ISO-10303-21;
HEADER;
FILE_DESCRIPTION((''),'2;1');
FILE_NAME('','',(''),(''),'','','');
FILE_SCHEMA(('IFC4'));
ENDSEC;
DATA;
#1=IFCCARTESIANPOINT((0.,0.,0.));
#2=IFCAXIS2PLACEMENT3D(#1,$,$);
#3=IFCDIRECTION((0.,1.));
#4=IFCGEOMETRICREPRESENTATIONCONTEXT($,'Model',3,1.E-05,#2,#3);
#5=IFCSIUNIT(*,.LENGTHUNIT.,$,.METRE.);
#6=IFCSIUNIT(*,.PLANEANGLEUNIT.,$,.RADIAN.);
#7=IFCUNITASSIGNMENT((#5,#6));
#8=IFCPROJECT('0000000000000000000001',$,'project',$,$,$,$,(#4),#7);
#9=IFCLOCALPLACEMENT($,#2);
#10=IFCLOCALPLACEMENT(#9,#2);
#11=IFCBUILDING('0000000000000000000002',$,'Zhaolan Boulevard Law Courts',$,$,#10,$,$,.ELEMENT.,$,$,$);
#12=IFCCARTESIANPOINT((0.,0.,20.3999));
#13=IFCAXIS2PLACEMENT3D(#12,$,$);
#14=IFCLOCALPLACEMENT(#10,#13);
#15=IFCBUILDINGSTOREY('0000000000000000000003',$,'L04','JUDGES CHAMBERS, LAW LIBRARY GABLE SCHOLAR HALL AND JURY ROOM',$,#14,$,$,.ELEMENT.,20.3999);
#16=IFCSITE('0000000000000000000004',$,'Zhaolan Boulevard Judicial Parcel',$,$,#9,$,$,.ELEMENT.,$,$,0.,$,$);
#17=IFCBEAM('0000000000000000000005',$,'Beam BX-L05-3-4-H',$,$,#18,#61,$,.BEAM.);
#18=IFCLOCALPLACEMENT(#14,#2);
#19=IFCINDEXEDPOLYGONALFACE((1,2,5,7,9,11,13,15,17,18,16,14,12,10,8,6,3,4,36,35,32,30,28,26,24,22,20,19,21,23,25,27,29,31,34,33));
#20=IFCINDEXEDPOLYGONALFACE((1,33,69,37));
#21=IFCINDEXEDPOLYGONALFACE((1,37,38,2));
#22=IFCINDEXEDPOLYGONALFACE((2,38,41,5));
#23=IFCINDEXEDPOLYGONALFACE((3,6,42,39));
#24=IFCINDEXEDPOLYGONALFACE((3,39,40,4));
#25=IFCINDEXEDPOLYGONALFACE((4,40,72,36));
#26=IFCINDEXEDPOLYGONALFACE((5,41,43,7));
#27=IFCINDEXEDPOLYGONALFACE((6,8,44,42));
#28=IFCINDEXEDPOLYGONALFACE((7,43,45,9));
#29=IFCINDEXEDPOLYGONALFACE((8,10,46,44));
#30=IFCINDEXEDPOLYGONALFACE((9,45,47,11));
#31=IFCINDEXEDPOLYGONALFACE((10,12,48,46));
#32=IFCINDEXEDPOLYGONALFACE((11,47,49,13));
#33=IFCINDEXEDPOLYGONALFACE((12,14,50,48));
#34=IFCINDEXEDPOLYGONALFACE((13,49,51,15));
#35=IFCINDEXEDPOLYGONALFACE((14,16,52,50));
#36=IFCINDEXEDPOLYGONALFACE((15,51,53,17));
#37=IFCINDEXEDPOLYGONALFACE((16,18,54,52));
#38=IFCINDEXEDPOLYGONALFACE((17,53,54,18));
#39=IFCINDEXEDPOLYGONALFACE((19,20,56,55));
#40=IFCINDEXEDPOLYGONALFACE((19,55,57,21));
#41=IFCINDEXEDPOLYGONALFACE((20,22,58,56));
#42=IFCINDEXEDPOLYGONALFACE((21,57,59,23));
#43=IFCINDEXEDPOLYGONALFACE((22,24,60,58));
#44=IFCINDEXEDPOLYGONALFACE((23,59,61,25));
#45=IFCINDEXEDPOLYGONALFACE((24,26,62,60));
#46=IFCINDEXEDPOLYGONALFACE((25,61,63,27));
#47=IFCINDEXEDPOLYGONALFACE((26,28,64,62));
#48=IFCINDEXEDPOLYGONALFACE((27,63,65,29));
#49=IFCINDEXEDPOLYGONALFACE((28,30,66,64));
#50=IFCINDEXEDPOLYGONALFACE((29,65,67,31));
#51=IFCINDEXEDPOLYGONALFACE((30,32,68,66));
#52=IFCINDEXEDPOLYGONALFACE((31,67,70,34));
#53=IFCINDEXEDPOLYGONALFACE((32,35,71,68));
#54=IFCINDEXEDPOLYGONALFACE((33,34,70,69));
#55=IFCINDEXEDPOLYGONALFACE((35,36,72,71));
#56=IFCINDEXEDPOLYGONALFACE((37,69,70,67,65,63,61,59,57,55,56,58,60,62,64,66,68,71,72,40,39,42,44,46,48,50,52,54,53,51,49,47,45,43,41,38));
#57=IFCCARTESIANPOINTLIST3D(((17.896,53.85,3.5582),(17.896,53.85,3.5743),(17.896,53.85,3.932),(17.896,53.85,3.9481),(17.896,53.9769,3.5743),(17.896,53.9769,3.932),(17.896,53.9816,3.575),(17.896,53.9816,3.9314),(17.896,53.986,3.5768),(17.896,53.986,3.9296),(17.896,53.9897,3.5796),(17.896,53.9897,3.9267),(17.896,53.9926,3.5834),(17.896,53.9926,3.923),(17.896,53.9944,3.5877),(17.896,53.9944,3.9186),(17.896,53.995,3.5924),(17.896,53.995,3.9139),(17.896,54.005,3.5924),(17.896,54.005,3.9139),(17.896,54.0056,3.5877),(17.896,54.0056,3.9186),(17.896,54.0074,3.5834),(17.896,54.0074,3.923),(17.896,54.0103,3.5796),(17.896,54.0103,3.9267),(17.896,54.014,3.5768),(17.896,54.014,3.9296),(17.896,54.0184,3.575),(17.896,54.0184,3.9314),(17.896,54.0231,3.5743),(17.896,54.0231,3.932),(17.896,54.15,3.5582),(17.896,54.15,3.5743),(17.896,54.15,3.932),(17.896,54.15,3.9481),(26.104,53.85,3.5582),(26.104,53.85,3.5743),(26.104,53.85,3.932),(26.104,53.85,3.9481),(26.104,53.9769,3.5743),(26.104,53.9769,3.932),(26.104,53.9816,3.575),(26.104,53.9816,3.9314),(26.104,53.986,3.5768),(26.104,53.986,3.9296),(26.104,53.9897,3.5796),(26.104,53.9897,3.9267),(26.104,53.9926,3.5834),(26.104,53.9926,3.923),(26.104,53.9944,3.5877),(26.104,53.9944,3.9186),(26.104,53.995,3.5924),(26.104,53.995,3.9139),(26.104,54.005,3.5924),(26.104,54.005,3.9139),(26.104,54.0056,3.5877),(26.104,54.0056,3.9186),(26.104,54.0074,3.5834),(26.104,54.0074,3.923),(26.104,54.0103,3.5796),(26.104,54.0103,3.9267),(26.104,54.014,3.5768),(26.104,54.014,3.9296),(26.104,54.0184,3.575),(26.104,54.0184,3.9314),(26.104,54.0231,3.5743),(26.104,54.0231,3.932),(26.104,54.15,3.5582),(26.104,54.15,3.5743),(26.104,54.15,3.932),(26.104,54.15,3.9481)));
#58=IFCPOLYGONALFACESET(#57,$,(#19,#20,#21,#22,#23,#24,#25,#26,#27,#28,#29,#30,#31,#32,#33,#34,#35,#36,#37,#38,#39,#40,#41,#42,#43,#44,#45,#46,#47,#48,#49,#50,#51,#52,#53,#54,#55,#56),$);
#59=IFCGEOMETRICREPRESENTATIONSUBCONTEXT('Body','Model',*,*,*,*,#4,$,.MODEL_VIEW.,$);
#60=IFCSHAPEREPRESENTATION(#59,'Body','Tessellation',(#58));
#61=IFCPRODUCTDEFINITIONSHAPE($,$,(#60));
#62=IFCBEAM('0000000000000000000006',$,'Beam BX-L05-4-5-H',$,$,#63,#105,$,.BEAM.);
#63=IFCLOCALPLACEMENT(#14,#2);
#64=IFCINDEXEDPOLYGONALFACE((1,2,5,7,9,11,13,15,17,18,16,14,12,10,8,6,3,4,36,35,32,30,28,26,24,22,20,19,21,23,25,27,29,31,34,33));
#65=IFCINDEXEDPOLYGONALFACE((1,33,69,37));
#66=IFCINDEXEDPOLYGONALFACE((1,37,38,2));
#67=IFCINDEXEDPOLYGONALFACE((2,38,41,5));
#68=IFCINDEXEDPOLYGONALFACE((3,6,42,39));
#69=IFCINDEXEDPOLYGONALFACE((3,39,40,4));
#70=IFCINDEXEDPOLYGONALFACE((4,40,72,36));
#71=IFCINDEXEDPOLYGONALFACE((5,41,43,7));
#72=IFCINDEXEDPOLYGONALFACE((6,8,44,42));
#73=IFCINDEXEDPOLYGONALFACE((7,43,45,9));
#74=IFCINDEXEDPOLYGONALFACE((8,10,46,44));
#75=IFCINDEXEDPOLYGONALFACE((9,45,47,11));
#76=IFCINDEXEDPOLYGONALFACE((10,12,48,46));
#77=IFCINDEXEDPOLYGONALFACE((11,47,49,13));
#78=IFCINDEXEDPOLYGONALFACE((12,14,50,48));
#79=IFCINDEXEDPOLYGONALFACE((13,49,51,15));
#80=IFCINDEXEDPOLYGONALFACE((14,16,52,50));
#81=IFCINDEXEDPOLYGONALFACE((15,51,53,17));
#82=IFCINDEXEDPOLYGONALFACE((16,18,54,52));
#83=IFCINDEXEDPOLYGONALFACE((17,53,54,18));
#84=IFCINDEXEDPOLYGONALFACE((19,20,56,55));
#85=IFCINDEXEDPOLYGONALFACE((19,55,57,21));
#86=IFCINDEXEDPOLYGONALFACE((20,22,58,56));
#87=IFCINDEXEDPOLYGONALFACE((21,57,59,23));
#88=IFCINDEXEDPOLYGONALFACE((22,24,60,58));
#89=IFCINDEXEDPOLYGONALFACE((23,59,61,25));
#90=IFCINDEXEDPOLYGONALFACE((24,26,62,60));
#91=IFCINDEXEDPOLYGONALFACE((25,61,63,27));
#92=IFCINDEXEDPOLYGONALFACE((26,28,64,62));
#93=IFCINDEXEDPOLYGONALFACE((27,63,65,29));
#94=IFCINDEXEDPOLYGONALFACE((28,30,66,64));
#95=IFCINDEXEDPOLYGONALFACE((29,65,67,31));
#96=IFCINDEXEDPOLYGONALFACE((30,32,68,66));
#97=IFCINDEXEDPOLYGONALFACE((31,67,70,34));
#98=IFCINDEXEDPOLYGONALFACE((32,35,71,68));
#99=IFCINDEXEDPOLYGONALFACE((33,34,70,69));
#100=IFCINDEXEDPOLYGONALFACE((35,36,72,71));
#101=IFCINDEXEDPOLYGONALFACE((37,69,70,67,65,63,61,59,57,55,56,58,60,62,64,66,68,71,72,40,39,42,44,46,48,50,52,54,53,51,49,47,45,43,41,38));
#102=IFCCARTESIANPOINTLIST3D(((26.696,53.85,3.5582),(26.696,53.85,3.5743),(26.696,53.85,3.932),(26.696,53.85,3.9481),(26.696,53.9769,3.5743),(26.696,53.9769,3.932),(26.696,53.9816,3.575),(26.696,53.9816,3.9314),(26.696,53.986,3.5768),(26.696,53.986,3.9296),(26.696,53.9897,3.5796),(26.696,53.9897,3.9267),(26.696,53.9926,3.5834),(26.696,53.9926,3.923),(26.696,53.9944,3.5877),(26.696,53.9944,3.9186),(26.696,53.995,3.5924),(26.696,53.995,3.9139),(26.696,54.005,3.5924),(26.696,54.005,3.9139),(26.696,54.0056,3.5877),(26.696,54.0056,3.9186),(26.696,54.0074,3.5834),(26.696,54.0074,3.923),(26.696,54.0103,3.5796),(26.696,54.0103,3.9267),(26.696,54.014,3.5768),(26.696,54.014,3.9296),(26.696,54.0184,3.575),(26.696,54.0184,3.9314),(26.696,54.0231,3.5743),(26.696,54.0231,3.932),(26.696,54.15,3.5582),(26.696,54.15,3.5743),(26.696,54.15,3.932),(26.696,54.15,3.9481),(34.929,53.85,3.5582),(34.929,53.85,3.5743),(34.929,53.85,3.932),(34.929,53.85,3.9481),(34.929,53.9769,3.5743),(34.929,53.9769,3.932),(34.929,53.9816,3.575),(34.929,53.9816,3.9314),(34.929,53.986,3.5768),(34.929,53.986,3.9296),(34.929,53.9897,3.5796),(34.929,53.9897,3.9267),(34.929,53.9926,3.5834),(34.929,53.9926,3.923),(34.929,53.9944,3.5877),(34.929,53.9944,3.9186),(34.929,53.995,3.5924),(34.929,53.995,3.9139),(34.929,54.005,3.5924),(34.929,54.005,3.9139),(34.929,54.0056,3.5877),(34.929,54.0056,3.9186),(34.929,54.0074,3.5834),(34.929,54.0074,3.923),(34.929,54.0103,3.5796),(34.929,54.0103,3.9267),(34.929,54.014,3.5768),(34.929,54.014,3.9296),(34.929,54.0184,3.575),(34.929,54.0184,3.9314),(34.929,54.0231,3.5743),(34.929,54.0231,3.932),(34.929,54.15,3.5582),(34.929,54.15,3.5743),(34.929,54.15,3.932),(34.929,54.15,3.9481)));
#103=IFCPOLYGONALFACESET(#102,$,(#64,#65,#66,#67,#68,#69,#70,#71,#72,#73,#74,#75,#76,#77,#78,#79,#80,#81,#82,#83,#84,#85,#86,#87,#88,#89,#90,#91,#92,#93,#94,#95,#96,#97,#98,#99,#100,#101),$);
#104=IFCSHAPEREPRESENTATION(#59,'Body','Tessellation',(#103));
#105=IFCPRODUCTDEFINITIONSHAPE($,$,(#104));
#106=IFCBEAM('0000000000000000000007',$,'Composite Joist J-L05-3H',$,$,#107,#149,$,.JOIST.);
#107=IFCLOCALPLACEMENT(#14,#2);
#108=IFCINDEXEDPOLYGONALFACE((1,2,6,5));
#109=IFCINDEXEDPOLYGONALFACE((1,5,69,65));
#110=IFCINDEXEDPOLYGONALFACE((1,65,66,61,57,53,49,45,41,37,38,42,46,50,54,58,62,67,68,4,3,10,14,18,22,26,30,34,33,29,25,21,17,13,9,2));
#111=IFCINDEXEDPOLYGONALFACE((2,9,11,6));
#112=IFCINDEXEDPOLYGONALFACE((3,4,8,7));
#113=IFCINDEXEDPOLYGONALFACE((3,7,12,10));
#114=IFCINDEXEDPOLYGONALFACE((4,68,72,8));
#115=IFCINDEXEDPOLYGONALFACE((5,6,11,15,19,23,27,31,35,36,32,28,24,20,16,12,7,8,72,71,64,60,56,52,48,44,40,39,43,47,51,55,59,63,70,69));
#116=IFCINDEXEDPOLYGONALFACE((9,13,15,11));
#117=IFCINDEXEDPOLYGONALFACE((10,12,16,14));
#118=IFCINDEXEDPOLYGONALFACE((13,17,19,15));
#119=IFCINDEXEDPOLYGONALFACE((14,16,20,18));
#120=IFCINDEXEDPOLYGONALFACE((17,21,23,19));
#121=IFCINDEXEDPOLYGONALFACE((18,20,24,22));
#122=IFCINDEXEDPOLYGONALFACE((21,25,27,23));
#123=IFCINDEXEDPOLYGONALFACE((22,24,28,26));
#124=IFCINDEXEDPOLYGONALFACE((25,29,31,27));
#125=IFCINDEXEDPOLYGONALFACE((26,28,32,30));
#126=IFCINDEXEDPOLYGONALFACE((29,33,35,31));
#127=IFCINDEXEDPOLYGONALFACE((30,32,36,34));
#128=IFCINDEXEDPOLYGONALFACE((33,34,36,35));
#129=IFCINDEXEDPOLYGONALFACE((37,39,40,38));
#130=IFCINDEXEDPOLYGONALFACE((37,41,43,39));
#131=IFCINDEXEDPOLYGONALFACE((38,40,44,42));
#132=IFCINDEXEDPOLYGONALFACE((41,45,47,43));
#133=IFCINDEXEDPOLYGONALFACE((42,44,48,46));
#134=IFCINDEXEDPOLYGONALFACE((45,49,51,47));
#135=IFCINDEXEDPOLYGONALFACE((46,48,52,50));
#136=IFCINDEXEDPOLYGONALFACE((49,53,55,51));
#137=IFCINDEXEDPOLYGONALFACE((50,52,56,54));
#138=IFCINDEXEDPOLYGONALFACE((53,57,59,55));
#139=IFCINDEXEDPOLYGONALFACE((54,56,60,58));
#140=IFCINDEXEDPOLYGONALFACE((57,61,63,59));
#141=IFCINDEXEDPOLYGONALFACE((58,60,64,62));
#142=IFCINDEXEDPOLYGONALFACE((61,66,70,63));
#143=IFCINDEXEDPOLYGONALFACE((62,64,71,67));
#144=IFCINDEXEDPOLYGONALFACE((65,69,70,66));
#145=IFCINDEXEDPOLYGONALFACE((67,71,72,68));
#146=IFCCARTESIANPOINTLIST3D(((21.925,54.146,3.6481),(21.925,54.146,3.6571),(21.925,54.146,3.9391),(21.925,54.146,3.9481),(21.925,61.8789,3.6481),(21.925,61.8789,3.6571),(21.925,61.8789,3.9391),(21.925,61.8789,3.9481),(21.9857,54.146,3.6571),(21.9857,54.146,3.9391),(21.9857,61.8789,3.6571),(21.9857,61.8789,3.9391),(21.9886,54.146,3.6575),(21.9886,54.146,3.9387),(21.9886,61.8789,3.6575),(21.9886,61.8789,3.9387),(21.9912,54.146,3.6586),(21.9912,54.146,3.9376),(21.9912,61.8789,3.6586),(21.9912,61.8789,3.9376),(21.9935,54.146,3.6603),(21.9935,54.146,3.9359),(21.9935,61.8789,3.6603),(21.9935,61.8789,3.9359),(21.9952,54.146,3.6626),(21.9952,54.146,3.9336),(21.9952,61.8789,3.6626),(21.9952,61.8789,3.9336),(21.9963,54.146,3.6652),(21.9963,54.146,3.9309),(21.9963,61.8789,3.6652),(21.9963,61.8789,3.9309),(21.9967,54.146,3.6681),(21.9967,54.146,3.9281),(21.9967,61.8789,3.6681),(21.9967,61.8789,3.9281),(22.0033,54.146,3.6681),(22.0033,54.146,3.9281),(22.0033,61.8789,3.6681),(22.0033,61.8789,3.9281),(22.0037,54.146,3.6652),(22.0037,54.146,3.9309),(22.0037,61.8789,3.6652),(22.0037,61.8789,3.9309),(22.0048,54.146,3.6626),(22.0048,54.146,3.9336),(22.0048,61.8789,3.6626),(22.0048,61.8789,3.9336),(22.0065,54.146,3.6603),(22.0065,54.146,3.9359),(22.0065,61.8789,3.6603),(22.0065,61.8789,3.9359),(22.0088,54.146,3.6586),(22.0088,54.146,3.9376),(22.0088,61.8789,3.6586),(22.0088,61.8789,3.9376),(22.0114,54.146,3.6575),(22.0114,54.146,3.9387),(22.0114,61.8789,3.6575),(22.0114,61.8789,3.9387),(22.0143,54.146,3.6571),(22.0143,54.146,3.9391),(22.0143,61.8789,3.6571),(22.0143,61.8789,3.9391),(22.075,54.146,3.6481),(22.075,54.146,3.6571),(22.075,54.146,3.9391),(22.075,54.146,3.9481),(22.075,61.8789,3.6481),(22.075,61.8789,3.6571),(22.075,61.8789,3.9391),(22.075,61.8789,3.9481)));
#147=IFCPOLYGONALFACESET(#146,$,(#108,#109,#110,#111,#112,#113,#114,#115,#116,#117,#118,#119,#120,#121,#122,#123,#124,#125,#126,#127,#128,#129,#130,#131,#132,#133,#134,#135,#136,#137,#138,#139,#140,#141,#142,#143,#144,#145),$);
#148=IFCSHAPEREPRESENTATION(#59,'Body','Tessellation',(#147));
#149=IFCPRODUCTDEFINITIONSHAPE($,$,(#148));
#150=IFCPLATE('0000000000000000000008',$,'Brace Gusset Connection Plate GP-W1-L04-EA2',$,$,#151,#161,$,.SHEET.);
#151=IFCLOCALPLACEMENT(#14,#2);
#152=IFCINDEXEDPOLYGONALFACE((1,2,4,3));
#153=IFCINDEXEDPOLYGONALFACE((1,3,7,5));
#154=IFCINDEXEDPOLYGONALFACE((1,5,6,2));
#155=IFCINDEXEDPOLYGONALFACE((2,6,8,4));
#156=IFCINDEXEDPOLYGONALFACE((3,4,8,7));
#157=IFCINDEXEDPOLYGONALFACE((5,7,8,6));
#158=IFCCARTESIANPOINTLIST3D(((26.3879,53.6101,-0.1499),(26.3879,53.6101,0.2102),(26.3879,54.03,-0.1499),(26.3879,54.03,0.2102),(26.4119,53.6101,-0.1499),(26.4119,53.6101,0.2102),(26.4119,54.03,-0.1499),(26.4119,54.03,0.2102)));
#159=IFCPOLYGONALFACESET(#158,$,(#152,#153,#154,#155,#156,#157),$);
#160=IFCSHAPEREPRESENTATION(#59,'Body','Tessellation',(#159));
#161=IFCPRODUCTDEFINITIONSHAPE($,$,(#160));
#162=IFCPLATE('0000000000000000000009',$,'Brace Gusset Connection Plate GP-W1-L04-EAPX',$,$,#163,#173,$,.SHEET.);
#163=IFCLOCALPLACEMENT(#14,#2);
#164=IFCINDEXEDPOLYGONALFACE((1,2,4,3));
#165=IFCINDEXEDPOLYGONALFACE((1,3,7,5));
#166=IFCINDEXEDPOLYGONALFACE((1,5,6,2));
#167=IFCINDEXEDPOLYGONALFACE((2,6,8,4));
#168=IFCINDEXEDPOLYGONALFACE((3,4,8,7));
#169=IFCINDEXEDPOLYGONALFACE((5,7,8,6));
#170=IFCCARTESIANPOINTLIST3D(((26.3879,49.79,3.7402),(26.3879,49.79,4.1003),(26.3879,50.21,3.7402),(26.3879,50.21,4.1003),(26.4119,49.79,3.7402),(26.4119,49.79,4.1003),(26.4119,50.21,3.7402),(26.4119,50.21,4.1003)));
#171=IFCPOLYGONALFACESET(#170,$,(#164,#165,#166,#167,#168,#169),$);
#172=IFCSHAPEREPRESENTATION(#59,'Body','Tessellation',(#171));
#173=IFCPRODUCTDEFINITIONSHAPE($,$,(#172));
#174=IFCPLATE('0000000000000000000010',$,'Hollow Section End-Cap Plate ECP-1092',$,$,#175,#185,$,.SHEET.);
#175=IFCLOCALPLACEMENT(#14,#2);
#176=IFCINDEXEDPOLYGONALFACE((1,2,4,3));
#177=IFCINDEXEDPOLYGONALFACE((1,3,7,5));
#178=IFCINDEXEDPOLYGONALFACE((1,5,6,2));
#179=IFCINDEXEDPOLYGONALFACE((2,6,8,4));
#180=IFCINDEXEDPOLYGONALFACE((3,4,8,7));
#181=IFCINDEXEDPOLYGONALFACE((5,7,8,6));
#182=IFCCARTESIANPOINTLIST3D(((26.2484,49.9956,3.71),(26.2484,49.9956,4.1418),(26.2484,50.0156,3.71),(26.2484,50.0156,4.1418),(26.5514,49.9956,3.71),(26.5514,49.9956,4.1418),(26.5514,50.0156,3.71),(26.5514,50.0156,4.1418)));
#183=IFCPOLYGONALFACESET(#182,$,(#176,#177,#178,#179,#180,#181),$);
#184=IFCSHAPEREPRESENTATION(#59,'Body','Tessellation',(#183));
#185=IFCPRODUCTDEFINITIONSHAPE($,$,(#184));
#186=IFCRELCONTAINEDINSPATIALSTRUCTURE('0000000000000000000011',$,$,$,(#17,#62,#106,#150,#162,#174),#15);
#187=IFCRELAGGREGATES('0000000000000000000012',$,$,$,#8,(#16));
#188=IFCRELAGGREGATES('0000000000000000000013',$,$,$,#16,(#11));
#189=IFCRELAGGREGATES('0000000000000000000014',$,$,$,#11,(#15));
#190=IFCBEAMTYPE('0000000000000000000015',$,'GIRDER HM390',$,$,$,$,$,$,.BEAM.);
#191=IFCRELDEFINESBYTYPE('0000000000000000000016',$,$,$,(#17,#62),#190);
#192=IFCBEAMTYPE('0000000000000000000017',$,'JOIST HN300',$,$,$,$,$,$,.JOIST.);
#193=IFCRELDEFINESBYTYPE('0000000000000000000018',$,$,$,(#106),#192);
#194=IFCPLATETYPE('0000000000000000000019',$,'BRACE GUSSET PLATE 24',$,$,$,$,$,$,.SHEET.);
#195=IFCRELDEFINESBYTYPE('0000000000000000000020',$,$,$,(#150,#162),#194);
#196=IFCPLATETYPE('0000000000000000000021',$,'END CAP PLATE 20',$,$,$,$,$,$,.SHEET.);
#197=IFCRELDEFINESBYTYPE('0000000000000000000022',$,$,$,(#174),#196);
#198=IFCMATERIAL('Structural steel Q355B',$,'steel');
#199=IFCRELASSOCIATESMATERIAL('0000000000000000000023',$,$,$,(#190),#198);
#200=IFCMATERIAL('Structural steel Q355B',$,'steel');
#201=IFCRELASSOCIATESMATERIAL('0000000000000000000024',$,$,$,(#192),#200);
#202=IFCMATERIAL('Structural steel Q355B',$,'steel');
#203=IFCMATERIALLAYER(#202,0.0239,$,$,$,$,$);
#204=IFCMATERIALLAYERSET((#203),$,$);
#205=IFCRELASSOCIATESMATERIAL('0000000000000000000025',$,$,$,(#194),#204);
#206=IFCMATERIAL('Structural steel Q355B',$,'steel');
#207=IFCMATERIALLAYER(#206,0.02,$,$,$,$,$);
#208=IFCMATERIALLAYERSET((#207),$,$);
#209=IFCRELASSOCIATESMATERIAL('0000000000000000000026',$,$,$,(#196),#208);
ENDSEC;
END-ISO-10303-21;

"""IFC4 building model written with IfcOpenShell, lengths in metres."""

from ifc_helpers import new_model, si_unit, direction, frame, origin, origin_2d, place, context, subcontext, project, spatial, rectangle, i_section, extrude, material, layer, layer_set, material_profile, profile_set, type_object, element, save


model = new_model("IFC4")

# Units and contexts
model_context = context("Model", 3, precision=1e-05, world=origin(), true_north=direction((0.0, 1.0)))
body_context = subcontext(model_context, "Body", "Model", "MODEL_VIEW")
ifc_project = project(units=[si_unit("LENGTHUNIT", "METRE"), si_unit("PLANEANGLEUNIT", "RADIAN")], contexts=[model_context])

# Site, building, storey
site_placement = place(None, origin())
site = spatial("IfcSite", under=ifc_project, at=site_placement, Name="Zhaolan Boulevard Judicial Parcel", CompositionType="ELEMENT", RefElevation=0.0)
building_placement = place(site_placement, origin())
building = spatial("IfcBuilding", under=site, at=building_placement, Name="Zhaolan Boulevard Law Courts", CompositionType="ELEMENT")
storey_placement = place(building_placement, frame((0.0, 0.0, 20.3999)))
storey = spatial("IfcBuildingStorey", under=building, at=storey_placement, Name="L04", Description="JUDGES CHAMBERS, LAW LIBRARY GABLE SCHOLAR HALL AND JURY ROOM", CompositionType="ELEMENT", Elevation=20.3999)

# Beams
ifc_material_1 = material(Name="Structural steel Q355B", Category="steel")
ifc_material_profile_1 = material_profile(ifc_material_1, i_section(OverallWidth=0.3, OverallDepth=0.3899, WebThickness=0.01, FlangeThickness=0.0161, FilletRadius=0.0181, at=origin_2d()), Name="HM390x300")
ifc_profile_set_1 = profile_set([ifc_material_profile_1], Name="Structural steel Q355B")
beam_type_1 = type_object("IfcBeamType", Name="GIRDER HM390", PredefinedType="BEAM", material=ifc_profile_set_1)
beam_1_placement = place(storey_placement, frame((17.896, 54.0, 3.7532), z_axis=(1.0, 0.0, 0.0), x_axis=(0.0, 1.0, 0.0)))
element("IfcBeam", 1, at=beam_1_placement, inside=storey, type_object=beam_type_1, Name="Beam BX-L05-3-4-H", PredefinedType="BEAM", context=body_context, shape_type="SweptSolid", body=[
    extrude(i_section(OverallWidth=0.3, OverallDepth=0.3899, WebThickness=0.01, FlangeThickness=0.0161, FilletRadius=0.0181, at=origin_2d()), origin(), (0.0, 0.0, 1.0), 8.208),
])
beam_2_placement = place(storey_placement, frame((26.696, 54.0, 3.7532), z_axis=(1.0, 0.0, 0.0), x_axis=(0.0, 1.0, 0.0)))
element("IfcBeam", 2, at=beam_2_placement, inside=storey, type_object=beam_type_1, Name="Beam BX-L05-4-5-H", PredefinedType="BEAM", context=body_context, shape_type="SweptSolid", body=[
    extrude(i_section(OverallWidth=0.3, OverallDepth=0.3899, WebThickness=0.01, FlangeThickness=0.0161, FilletRadius=0.0181, at=origin_2d()), origin(), (0.0, 0.0, 1.0), 8.2329),
])
ifc_material_2 = material(Name="Structural steel Q355B", Category="steel")
ifc_material_profile_2 = material_profile(ifc_material_2, i_section(OverallWidth=0.1499, OverallDepth=0.3, WebThickness=0.0066, FlangeThickness=0.009, FilletRadius=0.011, at=origin_2d()), Name="HN300x150")
ifc_profile_set_2 = profile_set([ifc_material_profile_2], Name="Structural steel Q355B")
beam_type_2 = type_object("IfcBeamType", Name="JOIST HN300", PredefinedType="JOIST", material=ifc_profile_set_2)
beam_3_placement = place(storey_placement, frame((22.0, 54.146, 3.7981), z_axis=(0.0, 1.0, 0.0), x_axis=(-1.0, 0.0, 0.0)))
element("IfcBeam", 3, at=beam_3_placement, inside=storey, type_object=beam_type_2, Name="Composite Joist J-L05-3H", PredefinedType="JOIST", context=body_context, shape_type="SweptSolid", body=[
    extrude(i_section(OverallWidth=0.1499, OverallDepth=0.3, WebThickness=0.0066, FlangeThickness=0.009, FilletRadius=0.011, at=origin_2d()), origin(), (0.0, 0.0, 1.0), 7.7329),
])

# Plates
ifc_material_3 = material(Name="Structural steel Q355B", Category="steel")
ifc_layer_1 = layer(ifc_material_3, 0.0239)
ifc_layer_set_1 = layer_set([ifc_layer_1])
plate_type_1 = type_object("IfcPlateType", Name="BRACE GUSSET PLATE 24", PredefinedType="SHEET", material=ifc_layer_set_1)
for number, where, z_axis, x_axis, name in (
    (4, (26.3999, 53.8201, -0.1499), (0.0, 0.0, 1.0), (0.0, 1.0, 0.0), "Brace Gusset Connection Plate GP-W1-L04-EA2"),
    (5, (26.3999, 50.0, 3.7402), (0.0, 0.0, 1.0), (0.0, 1.0, 0.0), "Brace Gusset Connection Plate GP-W1-L04-EAPX"),
):
    element("IfcPlate", number, at=place(storey_placement, frame(where, z_axis=z_axis, x_axis=x_axis)), inside=storey, type_object=plate_type_1, Name=name, PredefinedType="SHEET", context=body_context, shape_type="SweptSolid", body=[
        extrude(rectangle(XDim=0.4199, YDim=0.0239, at=origin_2d()), origin(), (0.0, 0.0, 1.0), 0.3601),
    ])
ifc_material_4 = material(Name="Structural steel Q355B", Category="steel")
ifc_layer_2 = layer(ifc_material_4, 0.02)
ifc_layer_set_2 = layer_set([ifc_layer_2])
plate_type_2 = type_object("IfcPlateType", Name="END CAP PLATE 20", PredefinedType="SHEET", material=ifc_layer_set_2)
plate_placement = place(storey_placement, frame((26.3999, 50.0056, 3.71), z_axis=(0.0, 0.0, 1.0), x_axis=(0.0, 1.0, 0.0)))
element("IfcPlate", 6, at=plate_placement, inside=storey, type_object=plate_type_2, Name="Hollow Section End-Cap Plate ECP-1092", PredefinedType="SHEET", context=body_context, shape_type="SweptSolid", body=[
    extrude(rectangle(XDim=0.02, YDim=0.303, at=origin_2d()), origin(), (0.0, 0.0, 1.0), 0.4319),
])

save(model, "model.ifc")
